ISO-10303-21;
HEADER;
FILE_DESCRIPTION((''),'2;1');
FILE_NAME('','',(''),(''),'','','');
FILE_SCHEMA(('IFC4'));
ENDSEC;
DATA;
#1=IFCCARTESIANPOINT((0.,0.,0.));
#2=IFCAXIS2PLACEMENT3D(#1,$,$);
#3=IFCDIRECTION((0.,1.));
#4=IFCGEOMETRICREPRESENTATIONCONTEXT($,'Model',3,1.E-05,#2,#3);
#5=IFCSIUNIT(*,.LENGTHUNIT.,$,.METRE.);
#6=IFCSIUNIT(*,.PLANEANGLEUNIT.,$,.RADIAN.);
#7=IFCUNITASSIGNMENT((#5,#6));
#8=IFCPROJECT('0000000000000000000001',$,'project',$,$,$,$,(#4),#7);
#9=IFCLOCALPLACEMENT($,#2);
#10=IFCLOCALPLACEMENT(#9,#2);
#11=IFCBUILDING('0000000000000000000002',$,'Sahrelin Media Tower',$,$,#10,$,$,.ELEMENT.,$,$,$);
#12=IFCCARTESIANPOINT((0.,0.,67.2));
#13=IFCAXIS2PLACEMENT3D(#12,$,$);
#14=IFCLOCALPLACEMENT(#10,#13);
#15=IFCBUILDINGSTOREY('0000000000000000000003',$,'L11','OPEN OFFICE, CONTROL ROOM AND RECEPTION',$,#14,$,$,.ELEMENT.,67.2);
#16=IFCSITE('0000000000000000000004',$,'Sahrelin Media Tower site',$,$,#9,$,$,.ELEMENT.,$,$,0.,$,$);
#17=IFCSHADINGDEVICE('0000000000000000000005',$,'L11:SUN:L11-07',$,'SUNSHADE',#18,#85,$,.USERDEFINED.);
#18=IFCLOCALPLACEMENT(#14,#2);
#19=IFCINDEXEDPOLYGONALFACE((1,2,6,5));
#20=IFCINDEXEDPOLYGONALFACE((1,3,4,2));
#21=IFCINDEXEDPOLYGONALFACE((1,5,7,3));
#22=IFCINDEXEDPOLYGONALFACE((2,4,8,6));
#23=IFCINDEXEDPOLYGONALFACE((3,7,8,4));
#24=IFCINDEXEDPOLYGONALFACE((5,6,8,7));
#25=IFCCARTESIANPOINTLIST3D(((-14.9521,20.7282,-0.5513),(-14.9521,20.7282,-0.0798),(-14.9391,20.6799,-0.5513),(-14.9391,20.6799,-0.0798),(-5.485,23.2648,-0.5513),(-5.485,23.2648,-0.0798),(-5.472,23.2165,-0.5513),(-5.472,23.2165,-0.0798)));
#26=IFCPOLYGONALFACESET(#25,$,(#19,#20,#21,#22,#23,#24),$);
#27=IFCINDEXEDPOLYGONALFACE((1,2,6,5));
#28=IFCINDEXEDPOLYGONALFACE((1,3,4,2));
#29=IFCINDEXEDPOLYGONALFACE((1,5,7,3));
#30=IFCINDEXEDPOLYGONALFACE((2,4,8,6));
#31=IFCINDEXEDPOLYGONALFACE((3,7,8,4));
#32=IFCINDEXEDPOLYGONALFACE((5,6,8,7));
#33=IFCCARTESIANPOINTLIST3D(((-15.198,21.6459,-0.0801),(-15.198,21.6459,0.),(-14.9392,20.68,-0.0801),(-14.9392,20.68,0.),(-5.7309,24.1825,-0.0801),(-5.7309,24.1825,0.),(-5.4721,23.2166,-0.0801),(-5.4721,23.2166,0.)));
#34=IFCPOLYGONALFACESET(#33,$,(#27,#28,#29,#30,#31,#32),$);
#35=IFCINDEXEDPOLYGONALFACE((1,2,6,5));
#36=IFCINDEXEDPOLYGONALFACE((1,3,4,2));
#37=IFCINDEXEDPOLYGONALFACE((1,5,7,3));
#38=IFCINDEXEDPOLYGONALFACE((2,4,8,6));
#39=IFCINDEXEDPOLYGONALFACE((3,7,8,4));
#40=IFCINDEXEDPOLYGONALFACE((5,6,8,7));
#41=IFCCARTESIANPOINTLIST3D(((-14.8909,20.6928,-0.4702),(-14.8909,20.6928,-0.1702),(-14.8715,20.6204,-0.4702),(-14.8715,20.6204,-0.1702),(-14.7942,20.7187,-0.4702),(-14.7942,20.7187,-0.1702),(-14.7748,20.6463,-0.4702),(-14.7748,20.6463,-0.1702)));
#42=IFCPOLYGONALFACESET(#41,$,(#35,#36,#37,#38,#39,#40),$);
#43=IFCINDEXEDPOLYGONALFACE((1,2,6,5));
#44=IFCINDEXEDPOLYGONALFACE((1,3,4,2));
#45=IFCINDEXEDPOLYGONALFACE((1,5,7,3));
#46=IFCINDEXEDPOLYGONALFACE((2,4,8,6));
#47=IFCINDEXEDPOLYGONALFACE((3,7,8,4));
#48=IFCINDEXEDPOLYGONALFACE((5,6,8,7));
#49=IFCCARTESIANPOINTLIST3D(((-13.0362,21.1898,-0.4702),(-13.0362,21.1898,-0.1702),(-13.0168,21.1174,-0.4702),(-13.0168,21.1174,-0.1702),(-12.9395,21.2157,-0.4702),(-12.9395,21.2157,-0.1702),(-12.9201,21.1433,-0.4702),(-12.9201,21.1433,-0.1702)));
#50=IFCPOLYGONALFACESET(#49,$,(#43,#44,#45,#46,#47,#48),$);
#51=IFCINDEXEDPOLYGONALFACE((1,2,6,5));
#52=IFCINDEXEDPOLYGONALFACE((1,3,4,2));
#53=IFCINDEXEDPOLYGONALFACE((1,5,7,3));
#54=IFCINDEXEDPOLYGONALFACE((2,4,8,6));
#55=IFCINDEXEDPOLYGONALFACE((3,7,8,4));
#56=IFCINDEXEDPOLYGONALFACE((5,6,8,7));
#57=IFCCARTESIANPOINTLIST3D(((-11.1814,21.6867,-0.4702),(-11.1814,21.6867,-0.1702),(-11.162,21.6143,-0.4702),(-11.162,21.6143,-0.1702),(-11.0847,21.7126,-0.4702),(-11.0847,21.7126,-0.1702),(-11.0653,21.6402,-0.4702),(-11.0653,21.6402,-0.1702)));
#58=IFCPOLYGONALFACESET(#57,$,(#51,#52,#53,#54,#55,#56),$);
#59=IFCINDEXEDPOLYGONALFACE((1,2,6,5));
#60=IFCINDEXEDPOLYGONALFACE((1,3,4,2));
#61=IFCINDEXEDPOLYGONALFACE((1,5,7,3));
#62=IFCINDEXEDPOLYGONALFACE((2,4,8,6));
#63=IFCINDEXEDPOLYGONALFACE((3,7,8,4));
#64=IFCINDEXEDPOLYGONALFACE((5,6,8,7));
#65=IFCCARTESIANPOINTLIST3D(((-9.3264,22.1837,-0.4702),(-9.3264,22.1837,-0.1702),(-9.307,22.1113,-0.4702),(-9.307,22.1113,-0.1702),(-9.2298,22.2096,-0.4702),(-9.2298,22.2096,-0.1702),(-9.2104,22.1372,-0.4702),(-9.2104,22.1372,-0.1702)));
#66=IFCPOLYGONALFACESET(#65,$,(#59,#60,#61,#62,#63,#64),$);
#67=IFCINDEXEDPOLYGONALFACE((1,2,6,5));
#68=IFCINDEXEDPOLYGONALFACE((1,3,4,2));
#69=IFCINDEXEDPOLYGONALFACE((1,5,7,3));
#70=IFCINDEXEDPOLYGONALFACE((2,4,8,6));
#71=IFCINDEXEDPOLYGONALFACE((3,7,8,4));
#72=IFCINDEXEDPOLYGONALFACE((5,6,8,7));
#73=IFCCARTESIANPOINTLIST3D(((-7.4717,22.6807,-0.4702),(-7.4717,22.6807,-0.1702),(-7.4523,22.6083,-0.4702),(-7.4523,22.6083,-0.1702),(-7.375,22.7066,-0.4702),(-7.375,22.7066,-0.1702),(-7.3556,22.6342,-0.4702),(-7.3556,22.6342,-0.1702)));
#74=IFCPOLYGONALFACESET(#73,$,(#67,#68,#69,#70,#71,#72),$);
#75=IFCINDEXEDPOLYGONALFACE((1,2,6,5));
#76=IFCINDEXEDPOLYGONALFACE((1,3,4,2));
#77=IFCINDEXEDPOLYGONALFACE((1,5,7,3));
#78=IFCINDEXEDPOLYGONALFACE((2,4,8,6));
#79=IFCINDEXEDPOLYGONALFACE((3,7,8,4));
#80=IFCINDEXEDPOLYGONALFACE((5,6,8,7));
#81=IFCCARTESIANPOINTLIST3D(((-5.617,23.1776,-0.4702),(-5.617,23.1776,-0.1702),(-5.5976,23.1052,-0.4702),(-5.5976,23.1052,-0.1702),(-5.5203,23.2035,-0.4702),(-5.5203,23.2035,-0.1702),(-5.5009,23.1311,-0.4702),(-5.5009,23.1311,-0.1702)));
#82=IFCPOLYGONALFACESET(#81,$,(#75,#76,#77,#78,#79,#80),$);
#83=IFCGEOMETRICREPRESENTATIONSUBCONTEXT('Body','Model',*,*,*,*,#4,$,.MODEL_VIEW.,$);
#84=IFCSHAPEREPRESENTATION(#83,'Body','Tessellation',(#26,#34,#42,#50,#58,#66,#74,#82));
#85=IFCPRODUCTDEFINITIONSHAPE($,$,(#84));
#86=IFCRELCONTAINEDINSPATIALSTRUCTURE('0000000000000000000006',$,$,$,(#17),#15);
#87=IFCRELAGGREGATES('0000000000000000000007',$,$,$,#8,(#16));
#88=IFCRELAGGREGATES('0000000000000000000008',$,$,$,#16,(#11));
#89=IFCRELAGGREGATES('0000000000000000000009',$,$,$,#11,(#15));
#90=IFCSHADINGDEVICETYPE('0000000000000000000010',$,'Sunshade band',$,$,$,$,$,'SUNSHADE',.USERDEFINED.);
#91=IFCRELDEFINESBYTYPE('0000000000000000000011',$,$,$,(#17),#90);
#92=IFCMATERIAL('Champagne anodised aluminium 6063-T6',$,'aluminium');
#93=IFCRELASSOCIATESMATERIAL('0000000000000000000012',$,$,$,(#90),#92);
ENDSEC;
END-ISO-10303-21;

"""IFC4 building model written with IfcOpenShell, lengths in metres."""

from ifc_helpers import new_model, si_unit, direction, frame, origin, origin_2d, place, context, subcontext, project, spatial, rectangle, extrude, material, type_object, element, save


model = new_model("IFC4")

# Units and contexts
model_context = context("Model", 3, precision=1e-05, world=origin(), true_north=direction((0.0, 1.0)))
body_context = subcontext(model_context, "Body", "Model", "MODEL_VIEW")
ifc_project = project(units=[si_unit("LENGTHUNIT", "METRE"), si_unit("PLANEANGLEUNIT", "RADIAN")], contexts=[model_context])

# Site, building, storey
site_placement = place(None, origin())
site = spatial("IfcSite", under=ifc_project, at=site_placement, Name="Sahrelin Media Tower site", CompositionType="ELEMENT", RefElevation=0.0)
building_placement = place(site_placement, origin())
building = spatial("IfcBuilding", under=site, at=building_placement, Name="Sahrelin Media Tower", CompositionType="ELEMENT")
storey_placement = place(building_placement, frame((0.0, 0.0, 67.2)))
storey = spatial("IfcBuildingStorey", under=building, at=storey_placement, Name="L11", Description="OPEN OFFICE, CONTROL ROOM AND RECEPTION", CompositionType="ELEMENT", Elevation=67.2)

# Shared definitions
ifc_material_1 = material(Name="Champagne anodised aluminium 6063-T6", Category="aluminium")

# Shading device
placement_1 = place(storey_placement, frame((-10.2004, 21.929, 0.0), z_axis=(0.0, 0.0, 1.0), x_axis=(0.965929, 0.258808, 0.0)))
shading_device_type_1 = type_object("IfcShadingDeviceType", Name="Sunshade band", ElementType="SUNSHADE", PredefinedType="USERDEFINED", material=ifc_material_1)
element("IfcShadingDevice", 1, at=placement_1, inside=storey, type_object=shading_device_type_1, Name="L11:SUN:L11-07", ObjectType="SUNSHADE", PredefinedType="USERDEFINED", context=body_context, shape_type="SweptSolid", body=[
    extrude(rectangle(XDim=9.801, YDim=0.05, at=origin_2d()), frame((0.0, 0.0449, -0.5513)), (0.0, 0.0, 1.0), 0.4714),
    extrude(rectangle(XDim=9.801, YDim=1.0, at=origin_2d()), frame((0.0, 0.52, -0.0801)), (0.0, 0.0, 1.0), 0.0801),
    extrude(rectangle(XDim=0.1001, YDim=0.075, at=origin_2d()), frame((-4.8005, -0.0176, -0.4702)), (0.0, 0.0, 1.0), 0.3),
    extrude(rectangle(XDim=0.1001, YDim=0.075, at=origin_2d()), frame((-2.8804, -0.0176, -0.4702)), (0.0, 0.0, 1.0), 0.3),
    extrude(rectangle(XDim=0.1001, YDim=0.075, at=origin_2d()), frame((-0.9602, -0.0176, -0.4702)), (0.0, 0.0, 1.0), 0.3),
    extrude(rectangle(XDim=0.1001, YDim=0.075, at=origin_2d()), frame((0.9602, -0.0176, -0.4702)), (0.0, 0.0, 1.0), 0.3),
    extrude(rectangle(XDim=0.1001, YDim=0.075, at=origin_2d()), frame((2.8804, -0.0176, -0.4702)), (0.0, 0.0, 1.0), 0.3),
    extrude(rectangle(XDim=0.1001, YDim=0.075, at=origin_2d()), frame((4.8005, -0.0176, -0.4702)), (0.0, 0.0, 1.0), 0.3),
])

save(model, "model.ifc")
